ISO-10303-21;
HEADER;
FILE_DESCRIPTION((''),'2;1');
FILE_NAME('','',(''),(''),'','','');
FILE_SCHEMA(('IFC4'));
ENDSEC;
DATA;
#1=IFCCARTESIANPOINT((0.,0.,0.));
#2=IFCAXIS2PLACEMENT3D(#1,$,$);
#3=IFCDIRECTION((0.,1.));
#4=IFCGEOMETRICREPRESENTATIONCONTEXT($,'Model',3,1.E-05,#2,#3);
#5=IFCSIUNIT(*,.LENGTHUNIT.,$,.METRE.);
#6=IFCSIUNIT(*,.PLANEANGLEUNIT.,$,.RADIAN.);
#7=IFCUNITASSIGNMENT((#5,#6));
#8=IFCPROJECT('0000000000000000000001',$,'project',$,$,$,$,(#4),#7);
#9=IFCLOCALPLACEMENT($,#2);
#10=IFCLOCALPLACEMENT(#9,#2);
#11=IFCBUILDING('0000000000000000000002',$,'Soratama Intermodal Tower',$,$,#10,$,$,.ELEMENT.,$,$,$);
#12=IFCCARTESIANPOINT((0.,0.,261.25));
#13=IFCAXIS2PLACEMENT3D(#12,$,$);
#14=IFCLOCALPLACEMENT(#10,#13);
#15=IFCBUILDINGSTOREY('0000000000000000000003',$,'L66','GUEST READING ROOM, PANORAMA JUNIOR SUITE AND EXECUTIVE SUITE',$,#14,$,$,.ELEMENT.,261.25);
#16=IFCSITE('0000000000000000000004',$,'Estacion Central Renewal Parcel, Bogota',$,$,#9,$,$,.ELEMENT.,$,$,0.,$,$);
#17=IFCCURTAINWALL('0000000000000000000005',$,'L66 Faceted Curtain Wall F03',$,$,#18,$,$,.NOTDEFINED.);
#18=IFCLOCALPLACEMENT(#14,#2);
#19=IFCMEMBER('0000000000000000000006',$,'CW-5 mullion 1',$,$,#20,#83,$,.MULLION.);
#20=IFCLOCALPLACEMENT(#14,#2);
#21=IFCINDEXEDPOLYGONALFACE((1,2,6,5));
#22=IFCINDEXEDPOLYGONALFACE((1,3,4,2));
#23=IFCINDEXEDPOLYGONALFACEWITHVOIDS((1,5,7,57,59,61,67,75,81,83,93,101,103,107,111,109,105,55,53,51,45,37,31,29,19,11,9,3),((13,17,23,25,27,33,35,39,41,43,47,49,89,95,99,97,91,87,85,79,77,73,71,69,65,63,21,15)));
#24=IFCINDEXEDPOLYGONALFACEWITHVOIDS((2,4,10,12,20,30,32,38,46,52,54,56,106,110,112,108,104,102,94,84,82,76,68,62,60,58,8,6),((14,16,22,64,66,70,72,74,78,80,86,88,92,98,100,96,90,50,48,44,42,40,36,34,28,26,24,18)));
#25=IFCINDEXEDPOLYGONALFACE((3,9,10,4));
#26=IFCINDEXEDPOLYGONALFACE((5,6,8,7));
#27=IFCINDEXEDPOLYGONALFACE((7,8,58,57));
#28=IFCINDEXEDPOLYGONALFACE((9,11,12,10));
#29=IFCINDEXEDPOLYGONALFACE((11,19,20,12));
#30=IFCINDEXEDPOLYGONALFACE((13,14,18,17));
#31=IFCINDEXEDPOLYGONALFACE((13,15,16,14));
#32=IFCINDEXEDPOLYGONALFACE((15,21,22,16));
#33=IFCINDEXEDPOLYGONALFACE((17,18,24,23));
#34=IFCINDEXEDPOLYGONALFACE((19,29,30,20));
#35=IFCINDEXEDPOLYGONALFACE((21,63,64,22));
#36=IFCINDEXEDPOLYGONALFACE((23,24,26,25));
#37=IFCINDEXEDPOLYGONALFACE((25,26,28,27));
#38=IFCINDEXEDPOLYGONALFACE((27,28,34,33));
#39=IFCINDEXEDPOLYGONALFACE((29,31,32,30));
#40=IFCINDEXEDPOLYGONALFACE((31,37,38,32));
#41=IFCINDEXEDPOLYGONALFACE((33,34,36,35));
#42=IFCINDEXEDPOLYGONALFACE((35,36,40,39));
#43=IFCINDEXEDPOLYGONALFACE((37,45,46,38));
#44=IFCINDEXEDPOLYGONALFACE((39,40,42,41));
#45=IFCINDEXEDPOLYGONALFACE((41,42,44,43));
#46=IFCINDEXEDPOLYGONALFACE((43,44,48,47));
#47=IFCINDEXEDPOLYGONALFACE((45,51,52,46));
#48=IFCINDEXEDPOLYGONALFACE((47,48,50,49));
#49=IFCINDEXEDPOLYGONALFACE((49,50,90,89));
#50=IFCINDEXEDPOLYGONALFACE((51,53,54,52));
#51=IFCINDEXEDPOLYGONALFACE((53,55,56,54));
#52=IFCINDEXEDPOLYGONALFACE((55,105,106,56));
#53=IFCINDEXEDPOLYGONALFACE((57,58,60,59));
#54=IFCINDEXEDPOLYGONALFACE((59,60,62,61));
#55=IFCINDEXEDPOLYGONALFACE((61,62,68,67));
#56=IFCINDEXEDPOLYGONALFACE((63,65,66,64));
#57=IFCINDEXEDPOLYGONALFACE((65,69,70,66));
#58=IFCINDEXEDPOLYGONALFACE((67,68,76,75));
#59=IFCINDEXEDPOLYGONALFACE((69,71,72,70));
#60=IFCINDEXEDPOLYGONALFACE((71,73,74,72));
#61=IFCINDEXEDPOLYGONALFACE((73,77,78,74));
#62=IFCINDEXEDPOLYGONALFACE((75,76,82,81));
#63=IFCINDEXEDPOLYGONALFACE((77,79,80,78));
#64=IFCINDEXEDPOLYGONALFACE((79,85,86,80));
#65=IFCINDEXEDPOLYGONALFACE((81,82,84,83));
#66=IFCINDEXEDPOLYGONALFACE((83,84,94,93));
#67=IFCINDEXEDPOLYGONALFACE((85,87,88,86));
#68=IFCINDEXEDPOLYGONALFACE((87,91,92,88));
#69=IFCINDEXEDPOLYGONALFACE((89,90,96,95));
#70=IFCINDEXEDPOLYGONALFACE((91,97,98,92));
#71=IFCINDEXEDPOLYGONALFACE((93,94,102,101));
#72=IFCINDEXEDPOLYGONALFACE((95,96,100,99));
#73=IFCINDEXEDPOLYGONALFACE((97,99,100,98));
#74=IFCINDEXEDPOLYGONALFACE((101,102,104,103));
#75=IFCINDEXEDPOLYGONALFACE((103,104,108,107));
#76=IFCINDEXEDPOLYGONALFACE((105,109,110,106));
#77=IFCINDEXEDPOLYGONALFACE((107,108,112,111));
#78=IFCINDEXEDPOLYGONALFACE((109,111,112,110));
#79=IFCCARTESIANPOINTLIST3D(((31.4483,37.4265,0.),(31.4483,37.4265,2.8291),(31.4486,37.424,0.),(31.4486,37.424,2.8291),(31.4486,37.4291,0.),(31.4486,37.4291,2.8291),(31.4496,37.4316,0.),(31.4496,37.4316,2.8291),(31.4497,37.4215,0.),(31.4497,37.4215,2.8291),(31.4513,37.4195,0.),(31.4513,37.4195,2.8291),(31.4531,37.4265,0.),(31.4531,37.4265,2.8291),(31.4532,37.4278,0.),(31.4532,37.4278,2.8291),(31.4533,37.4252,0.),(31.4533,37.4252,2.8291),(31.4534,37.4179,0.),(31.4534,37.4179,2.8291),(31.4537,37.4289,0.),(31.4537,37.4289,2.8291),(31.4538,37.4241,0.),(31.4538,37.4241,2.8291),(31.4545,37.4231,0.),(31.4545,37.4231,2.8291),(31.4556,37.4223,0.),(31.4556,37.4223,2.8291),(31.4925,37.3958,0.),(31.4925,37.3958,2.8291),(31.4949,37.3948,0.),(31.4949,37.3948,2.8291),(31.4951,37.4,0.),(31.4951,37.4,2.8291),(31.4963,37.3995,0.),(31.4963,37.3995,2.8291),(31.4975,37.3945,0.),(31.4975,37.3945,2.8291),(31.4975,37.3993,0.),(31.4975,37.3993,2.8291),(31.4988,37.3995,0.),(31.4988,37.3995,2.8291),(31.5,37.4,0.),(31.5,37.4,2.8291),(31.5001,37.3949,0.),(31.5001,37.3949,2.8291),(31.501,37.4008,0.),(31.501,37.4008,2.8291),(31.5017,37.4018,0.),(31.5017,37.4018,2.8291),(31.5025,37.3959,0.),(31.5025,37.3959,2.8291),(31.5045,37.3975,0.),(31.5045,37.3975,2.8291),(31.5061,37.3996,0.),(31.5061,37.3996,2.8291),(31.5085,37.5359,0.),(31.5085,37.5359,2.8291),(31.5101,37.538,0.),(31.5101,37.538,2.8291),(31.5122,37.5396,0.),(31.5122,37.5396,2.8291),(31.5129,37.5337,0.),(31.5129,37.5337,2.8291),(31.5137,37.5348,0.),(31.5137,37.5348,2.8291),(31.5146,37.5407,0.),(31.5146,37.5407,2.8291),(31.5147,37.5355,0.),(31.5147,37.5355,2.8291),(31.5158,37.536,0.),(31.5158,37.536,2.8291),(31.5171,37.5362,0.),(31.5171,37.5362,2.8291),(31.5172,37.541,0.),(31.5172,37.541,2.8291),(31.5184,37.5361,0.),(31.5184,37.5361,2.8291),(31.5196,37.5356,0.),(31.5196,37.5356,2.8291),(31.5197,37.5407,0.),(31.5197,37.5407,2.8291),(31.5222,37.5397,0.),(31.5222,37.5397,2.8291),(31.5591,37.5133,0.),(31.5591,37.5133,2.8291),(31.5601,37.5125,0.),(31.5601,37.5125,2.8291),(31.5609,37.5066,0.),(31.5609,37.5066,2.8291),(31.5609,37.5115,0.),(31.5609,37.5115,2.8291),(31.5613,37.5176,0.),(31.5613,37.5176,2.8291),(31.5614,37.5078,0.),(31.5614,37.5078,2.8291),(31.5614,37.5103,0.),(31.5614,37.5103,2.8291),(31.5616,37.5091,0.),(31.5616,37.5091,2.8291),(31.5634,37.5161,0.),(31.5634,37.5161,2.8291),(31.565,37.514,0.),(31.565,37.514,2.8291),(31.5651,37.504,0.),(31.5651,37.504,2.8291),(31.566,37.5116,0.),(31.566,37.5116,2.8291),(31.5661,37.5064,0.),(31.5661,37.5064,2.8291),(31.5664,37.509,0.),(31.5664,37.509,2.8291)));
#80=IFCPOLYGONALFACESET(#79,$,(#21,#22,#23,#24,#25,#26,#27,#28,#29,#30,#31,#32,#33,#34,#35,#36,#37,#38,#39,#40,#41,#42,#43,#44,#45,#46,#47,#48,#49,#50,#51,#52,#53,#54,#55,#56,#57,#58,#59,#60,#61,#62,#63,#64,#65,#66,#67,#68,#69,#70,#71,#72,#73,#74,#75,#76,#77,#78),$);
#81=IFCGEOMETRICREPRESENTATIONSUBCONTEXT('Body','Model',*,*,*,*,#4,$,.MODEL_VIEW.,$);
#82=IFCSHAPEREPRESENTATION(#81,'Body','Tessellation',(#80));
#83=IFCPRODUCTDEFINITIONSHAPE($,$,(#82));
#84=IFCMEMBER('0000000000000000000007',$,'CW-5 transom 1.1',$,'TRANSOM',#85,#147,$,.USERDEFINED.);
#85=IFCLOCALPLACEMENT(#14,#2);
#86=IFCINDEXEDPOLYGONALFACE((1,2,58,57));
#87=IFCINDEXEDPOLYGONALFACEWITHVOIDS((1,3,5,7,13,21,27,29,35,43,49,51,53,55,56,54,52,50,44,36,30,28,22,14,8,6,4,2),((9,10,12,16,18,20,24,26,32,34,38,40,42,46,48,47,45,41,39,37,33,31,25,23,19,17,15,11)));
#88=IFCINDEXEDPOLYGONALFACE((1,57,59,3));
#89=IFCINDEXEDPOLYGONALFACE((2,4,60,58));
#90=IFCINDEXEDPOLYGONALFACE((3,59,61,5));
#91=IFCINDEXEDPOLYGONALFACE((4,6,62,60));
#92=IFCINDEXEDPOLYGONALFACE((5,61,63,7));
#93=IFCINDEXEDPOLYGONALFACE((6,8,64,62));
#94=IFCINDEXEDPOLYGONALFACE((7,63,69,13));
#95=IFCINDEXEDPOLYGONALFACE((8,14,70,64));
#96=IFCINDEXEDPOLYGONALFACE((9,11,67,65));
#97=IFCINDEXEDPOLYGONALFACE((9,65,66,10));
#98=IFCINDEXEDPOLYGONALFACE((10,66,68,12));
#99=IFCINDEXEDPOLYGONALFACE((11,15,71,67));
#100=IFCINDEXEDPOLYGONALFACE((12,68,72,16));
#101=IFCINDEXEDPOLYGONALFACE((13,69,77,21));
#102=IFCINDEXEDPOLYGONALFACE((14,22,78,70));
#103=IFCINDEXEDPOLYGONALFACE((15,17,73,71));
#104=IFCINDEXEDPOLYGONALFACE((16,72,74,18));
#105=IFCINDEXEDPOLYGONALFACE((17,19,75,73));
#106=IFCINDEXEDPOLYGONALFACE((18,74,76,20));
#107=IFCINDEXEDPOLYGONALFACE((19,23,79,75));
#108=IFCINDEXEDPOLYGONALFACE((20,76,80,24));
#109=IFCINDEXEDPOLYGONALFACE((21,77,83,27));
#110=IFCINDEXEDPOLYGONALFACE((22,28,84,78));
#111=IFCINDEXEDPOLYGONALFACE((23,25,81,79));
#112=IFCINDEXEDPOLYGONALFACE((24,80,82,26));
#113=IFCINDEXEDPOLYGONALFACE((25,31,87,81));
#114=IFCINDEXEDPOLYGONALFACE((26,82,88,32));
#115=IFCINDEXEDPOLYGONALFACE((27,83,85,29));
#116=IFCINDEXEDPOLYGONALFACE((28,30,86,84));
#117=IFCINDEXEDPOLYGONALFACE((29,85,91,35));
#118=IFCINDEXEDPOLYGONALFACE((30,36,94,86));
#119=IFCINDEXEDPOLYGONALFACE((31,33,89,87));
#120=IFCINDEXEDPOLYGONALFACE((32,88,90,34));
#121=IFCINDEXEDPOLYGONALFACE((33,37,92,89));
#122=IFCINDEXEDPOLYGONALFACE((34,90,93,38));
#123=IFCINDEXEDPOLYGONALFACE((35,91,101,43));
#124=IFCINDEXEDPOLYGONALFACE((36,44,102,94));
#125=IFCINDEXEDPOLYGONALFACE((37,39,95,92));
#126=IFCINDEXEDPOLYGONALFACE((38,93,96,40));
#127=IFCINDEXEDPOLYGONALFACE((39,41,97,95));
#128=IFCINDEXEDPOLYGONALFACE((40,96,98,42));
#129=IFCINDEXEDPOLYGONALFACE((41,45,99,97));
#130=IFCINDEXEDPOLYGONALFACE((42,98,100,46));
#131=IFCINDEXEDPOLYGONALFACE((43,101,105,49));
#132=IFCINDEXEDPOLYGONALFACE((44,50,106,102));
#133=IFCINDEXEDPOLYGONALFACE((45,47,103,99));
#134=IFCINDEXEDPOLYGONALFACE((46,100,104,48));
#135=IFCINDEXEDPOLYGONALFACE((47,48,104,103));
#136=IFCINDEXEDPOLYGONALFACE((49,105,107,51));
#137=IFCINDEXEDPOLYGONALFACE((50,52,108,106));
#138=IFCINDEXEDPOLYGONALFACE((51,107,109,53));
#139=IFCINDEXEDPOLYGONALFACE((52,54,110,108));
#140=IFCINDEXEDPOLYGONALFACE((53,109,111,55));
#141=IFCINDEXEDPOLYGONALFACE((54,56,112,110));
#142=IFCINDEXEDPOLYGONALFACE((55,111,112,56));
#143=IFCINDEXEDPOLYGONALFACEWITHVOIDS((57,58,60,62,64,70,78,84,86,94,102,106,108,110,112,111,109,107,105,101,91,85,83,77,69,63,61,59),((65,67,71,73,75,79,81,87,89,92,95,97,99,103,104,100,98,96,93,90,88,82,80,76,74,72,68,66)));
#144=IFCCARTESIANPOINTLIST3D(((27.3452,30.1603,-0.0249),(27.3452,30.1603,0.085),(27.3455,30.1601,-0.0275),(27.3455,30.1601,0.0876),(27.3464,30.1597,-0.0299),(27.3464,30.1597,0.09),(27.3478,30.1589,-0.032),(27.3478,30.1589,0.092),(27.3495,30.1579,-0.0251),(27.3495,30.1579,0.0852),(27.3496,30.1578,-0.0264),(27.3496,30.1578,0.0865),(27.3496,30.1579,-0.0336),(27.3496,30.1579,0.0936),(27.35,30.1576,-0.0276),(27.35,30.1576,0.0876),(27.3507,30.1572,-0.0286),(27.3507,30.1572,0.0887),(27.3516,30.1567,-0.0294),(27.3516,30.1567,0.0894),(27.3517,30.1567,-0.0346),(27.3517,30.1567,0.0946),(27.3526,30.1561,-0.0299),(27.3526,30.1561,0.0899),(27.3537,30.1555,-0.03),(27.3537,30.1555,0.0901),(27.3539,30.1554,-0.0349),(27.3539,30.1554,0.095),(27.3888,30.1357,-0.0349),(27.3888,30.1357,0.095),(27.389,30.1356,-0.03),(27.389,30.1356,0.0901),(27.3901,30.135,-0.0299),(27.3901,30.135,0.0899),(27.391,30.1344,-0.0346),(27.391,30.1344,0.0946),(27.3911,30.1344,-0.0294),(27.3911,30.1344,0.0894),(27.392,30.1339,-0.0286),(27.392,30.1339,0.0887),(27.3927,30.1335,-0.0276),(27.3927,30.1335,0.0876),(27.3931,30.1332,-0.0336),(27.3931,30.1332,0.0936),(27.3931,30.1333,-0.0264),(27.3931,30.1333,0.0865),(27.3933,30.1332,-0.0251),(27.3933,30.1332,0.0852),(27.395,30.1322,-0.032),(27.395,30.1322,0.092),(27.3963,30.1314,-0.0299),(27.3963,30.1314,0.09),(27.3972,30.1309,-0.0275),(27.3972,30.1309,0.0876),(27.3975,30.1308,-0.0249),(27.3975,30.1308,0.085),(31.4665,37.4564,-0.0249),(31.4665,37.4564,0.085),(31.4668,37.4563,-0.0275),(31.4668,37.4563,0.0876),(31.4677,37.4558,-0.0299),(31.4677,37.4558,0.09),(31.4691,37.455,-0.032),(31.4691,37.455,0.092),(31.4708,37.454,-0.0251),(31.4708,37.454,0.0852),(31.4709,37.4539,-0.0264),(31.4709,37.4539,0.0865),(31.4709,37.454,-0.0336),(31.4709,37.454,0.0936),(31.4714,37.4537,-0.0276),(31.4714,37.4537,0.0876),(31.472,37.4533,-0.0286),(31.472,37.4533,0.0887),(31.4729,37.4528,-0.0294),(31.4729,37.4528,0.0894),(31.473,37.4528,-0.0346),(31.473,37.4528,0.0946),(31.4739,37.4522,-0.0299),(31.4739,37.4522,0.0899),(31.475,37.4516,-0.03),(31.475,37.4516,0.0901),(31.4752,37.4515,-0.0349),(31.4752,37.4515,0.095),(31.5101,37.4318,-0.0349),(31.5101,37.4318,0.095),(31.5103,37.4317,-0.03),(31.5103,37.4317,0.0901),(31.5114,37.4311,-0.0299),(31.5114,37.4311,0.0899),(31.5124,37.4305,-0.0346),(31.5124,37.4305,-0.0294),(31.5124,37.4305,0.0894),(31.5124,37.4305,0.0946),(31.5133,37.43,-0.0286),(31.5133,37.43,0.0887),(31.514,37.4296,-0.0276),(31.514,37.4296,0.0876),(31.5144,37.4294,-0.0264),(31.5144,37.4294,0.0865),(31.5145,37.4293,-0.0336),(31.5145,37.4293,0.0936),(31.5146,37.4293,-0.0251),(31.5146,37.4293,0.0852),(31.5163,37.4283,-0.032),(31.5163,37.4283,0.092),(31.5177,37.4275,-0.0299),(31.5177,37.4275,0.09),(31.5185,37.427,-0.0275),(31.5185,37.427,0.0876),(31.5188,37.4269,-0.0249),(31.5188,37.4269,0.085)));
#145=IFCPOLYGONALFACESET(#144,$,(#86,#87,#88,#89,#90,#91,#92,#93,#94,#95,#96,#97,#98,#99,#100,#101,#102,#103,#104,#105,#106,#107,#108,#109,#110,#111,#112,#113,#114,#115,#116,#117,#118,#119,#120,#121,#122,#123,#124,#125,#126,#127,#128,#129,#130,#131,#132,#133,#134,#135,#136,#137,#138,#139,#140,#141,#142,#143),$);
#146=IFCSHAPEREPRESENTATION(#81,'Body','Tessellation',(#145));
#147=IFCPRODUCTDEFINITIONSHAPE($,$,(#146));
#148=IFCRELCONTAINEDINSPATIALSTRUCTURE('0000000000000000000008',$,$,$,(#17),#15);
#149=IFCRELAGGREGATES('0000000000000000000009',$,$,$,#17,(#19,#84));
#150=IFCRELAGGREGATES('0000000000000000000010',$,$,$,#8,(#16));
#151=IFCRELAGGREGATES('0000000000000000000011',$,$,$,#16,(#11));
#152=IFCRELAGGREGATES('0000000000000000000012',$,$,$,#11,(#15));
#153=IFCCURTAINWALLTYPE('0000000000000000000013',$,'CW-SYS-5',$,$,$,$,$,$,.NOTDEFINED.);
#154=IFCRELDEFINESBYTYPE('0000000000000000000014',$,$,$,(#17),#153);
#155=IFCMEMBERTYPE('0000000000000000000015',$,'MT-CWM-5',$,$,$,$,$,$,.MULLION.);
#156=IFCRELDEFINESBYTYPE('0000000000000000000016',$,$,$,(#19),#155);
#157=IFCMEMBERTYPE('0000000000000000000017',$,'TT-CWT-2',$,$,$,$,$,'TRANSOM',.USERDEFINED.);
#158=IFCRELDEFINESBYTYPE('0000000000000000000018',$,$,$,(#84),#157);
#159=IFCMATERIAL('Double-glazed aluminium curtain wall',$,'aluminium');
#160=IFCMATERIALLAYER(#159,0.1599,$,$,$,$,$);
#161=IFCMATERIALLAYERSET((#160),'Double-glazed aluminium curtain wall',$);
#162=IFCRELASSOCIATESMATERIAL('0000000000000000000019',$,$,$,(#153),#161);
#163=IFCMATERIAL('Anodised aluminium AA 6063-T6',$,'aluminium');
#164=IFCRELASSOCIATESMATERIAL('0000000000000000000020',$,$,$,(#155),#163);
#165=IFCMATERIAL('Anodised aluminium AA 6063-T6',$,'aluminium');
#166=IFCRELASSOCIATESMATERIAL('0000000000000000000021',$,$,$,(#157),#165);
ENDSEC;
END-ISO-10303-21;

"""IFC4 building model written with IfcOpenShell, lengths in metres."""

from ifc_helpers import new_model, si_unit, direction, frame, origin, origin_2d, place, context, subcontext, project, spatial, hollow_rectangle, extrude, material, layer, layer_set, material_profile, profile_set, type_object, element, aggregate, save


model = new_model("IFC4")

# Units and contexts
model_context = context("Model", 3, precision=1e-05, world=origin(), true_north=direction((0.0, 1.0)))
body_context = subcontext(model_context, "Body", "Model", "MODEL_VIEW")
ifc_project = project(units=[si_unit("LENGTHUNIT", "METRE"), si_unit("PLANEANGLEUNIT", "RADIAN")], contexts=[model_context])

# Site, building, storey
site_placement = place(None, origin())
site = spatial("IfcSite", under=ifc_project, at=site_placement, Name="Estacion Central Renewal Parcel, Bogota", CompositionType="ELEMENT", RefElevation=0.0)
building_placement = place(site_placement, origin())
building = spatial("IfcBuilding", under=site, at=building_placement, Name="Soratama Intermodal Tower", CompositionType="ELEMENT")
storey_placement = place(building_placement, frame((0.0, 0.0, 261.25)))
storey = spatial("IfcBuildingStorey", under=building, at=storey_placement, Name="L66", Description="GUEST READING ROOM, PANORAMA JUNIOR SUITE AND EXECUTIVE SUITE", CompositionType="ELEMENT", Elevation=261.25)

# Shared definitions
ifc_material_1 = material(Name="Double-glazed aluminium curtain wall", Category="aluminium")
ifc_layer_1 = layer(ifc_material_1, 0.1599)
ifc_layer_set_1 = layer_set([ifc_layer_1], Name="Double-glazed aluminium curtain wall")
curtain_wall_type = type_object("IfcCurtainWallType", Name="CW-SYS-5", PredefinedType="NOTDEFINED", material=ifc_layer_set_1)
ifc_material_2 = material(Name="Anodised aluminium AA 6063-T6", Category="aluminium")
ifc_material_profile_1 = material_profile(ifc_material_2, hollow_rectangle(XDim=0.0649, YDim=0.1399, WallThickness=0.0049, InnerFilletRadius=0.0049, OuterFilletRadius=0.01, at=origin_2d()), Name="CWM140X65X5")
ifc_profile_set_1 = profile_set([ifc_material_profile_1], Name="Anodised aluminium AA 6063-T6")
member_type_1 = type_object("IfcMemberType", Name="MT-CWM-5", PredefinedType="MULLION", material=ifc_profile_set_1)

# Curtain wall, members
curtain_wall_1_placement = place(storey_placement, origin())
curtain_wall_1 = element("IfcCurtainWall", 1, at=curtain_wall_1_placement, inside=storey, type_object=curtain_wall_type, Name="L66 Faceted Curtain Wall F03", PredefinedType="NOTDEFINED")
member_1_placement = place(storey_placement, frame((31.5073, 37.4678, 0.0), z_axis=(0.0, 0.0, 1.0), x_axis=(0.870697, -0.49182, 0.0)))
member_1 = element("IfcMember", 2, at=member_1_placement, type_object=member_type_1, Name="CW-5 mullion 1", PredefinedType="MULLION", context=body_context, shape_type="SweptSolid", body=[
    extrude(hollow_rectangle(XDim=0.0649, YDim=0.1399, WallThickness=0.0049, InnerFilletRadius=0.0049, OuterFilletRadius=0.01, at=origin_2d()), origin(), (0.0, 0.0, 1.0), 2.8291),
])
ifc_material_3 = material(Name="Anodised aluminium AA 6063-T6", Category="aluminium")
ifc_material_profile_2 = material_profile(ifc_material_3, hollow_rectangle(XDim=0.0601, YDim=0.1299, WallThickness=0.0049, InnerFilletRadius=0.0049, OuterFilletRadius=0.01, at=origin_2d()), Name="CWT130X60X5")
ifc_profile_set_2 = profile_set([ifc_material_profile_2], Name="Anodised aluminium AA 6063-T6")
member_type_2 = type_object("IfcMemberType", Name="TT-CWT-2", ElementType="TRANSOM", PredefinedType="USERDEFINED", material=ifc_profile_set_2)
member_2_placement = place(storey_placement, frame((31.4927, 37.4417, 0.03), z_axis=(-0.491825, -0.870694, 0.0), x_axis=(0.870694, -0.491825, 0.0)))
member_2 = element("IfcMember", 3, at=member_2_placement, type_object=member_type_2, Name="CW-5 transom 1.1", ObjectType="TRANSOM", PredefinedType="USERDEFINED", context=body_context, shape_type="SweptSolid", body=[
    extrude(hollow_rectangle(XDim=0.0601, YDim=0.1299, WallThickness=0.0049, InnerFilletRadius=0.0049, OuterFilletRadius=0.01, at=origin_2d()), origin(), (0.0, 0.0, 1.0), 8.3796),
])
aggregate(curtain_wall_1, [member_1, member_2])

save(model, "model.ifc")
